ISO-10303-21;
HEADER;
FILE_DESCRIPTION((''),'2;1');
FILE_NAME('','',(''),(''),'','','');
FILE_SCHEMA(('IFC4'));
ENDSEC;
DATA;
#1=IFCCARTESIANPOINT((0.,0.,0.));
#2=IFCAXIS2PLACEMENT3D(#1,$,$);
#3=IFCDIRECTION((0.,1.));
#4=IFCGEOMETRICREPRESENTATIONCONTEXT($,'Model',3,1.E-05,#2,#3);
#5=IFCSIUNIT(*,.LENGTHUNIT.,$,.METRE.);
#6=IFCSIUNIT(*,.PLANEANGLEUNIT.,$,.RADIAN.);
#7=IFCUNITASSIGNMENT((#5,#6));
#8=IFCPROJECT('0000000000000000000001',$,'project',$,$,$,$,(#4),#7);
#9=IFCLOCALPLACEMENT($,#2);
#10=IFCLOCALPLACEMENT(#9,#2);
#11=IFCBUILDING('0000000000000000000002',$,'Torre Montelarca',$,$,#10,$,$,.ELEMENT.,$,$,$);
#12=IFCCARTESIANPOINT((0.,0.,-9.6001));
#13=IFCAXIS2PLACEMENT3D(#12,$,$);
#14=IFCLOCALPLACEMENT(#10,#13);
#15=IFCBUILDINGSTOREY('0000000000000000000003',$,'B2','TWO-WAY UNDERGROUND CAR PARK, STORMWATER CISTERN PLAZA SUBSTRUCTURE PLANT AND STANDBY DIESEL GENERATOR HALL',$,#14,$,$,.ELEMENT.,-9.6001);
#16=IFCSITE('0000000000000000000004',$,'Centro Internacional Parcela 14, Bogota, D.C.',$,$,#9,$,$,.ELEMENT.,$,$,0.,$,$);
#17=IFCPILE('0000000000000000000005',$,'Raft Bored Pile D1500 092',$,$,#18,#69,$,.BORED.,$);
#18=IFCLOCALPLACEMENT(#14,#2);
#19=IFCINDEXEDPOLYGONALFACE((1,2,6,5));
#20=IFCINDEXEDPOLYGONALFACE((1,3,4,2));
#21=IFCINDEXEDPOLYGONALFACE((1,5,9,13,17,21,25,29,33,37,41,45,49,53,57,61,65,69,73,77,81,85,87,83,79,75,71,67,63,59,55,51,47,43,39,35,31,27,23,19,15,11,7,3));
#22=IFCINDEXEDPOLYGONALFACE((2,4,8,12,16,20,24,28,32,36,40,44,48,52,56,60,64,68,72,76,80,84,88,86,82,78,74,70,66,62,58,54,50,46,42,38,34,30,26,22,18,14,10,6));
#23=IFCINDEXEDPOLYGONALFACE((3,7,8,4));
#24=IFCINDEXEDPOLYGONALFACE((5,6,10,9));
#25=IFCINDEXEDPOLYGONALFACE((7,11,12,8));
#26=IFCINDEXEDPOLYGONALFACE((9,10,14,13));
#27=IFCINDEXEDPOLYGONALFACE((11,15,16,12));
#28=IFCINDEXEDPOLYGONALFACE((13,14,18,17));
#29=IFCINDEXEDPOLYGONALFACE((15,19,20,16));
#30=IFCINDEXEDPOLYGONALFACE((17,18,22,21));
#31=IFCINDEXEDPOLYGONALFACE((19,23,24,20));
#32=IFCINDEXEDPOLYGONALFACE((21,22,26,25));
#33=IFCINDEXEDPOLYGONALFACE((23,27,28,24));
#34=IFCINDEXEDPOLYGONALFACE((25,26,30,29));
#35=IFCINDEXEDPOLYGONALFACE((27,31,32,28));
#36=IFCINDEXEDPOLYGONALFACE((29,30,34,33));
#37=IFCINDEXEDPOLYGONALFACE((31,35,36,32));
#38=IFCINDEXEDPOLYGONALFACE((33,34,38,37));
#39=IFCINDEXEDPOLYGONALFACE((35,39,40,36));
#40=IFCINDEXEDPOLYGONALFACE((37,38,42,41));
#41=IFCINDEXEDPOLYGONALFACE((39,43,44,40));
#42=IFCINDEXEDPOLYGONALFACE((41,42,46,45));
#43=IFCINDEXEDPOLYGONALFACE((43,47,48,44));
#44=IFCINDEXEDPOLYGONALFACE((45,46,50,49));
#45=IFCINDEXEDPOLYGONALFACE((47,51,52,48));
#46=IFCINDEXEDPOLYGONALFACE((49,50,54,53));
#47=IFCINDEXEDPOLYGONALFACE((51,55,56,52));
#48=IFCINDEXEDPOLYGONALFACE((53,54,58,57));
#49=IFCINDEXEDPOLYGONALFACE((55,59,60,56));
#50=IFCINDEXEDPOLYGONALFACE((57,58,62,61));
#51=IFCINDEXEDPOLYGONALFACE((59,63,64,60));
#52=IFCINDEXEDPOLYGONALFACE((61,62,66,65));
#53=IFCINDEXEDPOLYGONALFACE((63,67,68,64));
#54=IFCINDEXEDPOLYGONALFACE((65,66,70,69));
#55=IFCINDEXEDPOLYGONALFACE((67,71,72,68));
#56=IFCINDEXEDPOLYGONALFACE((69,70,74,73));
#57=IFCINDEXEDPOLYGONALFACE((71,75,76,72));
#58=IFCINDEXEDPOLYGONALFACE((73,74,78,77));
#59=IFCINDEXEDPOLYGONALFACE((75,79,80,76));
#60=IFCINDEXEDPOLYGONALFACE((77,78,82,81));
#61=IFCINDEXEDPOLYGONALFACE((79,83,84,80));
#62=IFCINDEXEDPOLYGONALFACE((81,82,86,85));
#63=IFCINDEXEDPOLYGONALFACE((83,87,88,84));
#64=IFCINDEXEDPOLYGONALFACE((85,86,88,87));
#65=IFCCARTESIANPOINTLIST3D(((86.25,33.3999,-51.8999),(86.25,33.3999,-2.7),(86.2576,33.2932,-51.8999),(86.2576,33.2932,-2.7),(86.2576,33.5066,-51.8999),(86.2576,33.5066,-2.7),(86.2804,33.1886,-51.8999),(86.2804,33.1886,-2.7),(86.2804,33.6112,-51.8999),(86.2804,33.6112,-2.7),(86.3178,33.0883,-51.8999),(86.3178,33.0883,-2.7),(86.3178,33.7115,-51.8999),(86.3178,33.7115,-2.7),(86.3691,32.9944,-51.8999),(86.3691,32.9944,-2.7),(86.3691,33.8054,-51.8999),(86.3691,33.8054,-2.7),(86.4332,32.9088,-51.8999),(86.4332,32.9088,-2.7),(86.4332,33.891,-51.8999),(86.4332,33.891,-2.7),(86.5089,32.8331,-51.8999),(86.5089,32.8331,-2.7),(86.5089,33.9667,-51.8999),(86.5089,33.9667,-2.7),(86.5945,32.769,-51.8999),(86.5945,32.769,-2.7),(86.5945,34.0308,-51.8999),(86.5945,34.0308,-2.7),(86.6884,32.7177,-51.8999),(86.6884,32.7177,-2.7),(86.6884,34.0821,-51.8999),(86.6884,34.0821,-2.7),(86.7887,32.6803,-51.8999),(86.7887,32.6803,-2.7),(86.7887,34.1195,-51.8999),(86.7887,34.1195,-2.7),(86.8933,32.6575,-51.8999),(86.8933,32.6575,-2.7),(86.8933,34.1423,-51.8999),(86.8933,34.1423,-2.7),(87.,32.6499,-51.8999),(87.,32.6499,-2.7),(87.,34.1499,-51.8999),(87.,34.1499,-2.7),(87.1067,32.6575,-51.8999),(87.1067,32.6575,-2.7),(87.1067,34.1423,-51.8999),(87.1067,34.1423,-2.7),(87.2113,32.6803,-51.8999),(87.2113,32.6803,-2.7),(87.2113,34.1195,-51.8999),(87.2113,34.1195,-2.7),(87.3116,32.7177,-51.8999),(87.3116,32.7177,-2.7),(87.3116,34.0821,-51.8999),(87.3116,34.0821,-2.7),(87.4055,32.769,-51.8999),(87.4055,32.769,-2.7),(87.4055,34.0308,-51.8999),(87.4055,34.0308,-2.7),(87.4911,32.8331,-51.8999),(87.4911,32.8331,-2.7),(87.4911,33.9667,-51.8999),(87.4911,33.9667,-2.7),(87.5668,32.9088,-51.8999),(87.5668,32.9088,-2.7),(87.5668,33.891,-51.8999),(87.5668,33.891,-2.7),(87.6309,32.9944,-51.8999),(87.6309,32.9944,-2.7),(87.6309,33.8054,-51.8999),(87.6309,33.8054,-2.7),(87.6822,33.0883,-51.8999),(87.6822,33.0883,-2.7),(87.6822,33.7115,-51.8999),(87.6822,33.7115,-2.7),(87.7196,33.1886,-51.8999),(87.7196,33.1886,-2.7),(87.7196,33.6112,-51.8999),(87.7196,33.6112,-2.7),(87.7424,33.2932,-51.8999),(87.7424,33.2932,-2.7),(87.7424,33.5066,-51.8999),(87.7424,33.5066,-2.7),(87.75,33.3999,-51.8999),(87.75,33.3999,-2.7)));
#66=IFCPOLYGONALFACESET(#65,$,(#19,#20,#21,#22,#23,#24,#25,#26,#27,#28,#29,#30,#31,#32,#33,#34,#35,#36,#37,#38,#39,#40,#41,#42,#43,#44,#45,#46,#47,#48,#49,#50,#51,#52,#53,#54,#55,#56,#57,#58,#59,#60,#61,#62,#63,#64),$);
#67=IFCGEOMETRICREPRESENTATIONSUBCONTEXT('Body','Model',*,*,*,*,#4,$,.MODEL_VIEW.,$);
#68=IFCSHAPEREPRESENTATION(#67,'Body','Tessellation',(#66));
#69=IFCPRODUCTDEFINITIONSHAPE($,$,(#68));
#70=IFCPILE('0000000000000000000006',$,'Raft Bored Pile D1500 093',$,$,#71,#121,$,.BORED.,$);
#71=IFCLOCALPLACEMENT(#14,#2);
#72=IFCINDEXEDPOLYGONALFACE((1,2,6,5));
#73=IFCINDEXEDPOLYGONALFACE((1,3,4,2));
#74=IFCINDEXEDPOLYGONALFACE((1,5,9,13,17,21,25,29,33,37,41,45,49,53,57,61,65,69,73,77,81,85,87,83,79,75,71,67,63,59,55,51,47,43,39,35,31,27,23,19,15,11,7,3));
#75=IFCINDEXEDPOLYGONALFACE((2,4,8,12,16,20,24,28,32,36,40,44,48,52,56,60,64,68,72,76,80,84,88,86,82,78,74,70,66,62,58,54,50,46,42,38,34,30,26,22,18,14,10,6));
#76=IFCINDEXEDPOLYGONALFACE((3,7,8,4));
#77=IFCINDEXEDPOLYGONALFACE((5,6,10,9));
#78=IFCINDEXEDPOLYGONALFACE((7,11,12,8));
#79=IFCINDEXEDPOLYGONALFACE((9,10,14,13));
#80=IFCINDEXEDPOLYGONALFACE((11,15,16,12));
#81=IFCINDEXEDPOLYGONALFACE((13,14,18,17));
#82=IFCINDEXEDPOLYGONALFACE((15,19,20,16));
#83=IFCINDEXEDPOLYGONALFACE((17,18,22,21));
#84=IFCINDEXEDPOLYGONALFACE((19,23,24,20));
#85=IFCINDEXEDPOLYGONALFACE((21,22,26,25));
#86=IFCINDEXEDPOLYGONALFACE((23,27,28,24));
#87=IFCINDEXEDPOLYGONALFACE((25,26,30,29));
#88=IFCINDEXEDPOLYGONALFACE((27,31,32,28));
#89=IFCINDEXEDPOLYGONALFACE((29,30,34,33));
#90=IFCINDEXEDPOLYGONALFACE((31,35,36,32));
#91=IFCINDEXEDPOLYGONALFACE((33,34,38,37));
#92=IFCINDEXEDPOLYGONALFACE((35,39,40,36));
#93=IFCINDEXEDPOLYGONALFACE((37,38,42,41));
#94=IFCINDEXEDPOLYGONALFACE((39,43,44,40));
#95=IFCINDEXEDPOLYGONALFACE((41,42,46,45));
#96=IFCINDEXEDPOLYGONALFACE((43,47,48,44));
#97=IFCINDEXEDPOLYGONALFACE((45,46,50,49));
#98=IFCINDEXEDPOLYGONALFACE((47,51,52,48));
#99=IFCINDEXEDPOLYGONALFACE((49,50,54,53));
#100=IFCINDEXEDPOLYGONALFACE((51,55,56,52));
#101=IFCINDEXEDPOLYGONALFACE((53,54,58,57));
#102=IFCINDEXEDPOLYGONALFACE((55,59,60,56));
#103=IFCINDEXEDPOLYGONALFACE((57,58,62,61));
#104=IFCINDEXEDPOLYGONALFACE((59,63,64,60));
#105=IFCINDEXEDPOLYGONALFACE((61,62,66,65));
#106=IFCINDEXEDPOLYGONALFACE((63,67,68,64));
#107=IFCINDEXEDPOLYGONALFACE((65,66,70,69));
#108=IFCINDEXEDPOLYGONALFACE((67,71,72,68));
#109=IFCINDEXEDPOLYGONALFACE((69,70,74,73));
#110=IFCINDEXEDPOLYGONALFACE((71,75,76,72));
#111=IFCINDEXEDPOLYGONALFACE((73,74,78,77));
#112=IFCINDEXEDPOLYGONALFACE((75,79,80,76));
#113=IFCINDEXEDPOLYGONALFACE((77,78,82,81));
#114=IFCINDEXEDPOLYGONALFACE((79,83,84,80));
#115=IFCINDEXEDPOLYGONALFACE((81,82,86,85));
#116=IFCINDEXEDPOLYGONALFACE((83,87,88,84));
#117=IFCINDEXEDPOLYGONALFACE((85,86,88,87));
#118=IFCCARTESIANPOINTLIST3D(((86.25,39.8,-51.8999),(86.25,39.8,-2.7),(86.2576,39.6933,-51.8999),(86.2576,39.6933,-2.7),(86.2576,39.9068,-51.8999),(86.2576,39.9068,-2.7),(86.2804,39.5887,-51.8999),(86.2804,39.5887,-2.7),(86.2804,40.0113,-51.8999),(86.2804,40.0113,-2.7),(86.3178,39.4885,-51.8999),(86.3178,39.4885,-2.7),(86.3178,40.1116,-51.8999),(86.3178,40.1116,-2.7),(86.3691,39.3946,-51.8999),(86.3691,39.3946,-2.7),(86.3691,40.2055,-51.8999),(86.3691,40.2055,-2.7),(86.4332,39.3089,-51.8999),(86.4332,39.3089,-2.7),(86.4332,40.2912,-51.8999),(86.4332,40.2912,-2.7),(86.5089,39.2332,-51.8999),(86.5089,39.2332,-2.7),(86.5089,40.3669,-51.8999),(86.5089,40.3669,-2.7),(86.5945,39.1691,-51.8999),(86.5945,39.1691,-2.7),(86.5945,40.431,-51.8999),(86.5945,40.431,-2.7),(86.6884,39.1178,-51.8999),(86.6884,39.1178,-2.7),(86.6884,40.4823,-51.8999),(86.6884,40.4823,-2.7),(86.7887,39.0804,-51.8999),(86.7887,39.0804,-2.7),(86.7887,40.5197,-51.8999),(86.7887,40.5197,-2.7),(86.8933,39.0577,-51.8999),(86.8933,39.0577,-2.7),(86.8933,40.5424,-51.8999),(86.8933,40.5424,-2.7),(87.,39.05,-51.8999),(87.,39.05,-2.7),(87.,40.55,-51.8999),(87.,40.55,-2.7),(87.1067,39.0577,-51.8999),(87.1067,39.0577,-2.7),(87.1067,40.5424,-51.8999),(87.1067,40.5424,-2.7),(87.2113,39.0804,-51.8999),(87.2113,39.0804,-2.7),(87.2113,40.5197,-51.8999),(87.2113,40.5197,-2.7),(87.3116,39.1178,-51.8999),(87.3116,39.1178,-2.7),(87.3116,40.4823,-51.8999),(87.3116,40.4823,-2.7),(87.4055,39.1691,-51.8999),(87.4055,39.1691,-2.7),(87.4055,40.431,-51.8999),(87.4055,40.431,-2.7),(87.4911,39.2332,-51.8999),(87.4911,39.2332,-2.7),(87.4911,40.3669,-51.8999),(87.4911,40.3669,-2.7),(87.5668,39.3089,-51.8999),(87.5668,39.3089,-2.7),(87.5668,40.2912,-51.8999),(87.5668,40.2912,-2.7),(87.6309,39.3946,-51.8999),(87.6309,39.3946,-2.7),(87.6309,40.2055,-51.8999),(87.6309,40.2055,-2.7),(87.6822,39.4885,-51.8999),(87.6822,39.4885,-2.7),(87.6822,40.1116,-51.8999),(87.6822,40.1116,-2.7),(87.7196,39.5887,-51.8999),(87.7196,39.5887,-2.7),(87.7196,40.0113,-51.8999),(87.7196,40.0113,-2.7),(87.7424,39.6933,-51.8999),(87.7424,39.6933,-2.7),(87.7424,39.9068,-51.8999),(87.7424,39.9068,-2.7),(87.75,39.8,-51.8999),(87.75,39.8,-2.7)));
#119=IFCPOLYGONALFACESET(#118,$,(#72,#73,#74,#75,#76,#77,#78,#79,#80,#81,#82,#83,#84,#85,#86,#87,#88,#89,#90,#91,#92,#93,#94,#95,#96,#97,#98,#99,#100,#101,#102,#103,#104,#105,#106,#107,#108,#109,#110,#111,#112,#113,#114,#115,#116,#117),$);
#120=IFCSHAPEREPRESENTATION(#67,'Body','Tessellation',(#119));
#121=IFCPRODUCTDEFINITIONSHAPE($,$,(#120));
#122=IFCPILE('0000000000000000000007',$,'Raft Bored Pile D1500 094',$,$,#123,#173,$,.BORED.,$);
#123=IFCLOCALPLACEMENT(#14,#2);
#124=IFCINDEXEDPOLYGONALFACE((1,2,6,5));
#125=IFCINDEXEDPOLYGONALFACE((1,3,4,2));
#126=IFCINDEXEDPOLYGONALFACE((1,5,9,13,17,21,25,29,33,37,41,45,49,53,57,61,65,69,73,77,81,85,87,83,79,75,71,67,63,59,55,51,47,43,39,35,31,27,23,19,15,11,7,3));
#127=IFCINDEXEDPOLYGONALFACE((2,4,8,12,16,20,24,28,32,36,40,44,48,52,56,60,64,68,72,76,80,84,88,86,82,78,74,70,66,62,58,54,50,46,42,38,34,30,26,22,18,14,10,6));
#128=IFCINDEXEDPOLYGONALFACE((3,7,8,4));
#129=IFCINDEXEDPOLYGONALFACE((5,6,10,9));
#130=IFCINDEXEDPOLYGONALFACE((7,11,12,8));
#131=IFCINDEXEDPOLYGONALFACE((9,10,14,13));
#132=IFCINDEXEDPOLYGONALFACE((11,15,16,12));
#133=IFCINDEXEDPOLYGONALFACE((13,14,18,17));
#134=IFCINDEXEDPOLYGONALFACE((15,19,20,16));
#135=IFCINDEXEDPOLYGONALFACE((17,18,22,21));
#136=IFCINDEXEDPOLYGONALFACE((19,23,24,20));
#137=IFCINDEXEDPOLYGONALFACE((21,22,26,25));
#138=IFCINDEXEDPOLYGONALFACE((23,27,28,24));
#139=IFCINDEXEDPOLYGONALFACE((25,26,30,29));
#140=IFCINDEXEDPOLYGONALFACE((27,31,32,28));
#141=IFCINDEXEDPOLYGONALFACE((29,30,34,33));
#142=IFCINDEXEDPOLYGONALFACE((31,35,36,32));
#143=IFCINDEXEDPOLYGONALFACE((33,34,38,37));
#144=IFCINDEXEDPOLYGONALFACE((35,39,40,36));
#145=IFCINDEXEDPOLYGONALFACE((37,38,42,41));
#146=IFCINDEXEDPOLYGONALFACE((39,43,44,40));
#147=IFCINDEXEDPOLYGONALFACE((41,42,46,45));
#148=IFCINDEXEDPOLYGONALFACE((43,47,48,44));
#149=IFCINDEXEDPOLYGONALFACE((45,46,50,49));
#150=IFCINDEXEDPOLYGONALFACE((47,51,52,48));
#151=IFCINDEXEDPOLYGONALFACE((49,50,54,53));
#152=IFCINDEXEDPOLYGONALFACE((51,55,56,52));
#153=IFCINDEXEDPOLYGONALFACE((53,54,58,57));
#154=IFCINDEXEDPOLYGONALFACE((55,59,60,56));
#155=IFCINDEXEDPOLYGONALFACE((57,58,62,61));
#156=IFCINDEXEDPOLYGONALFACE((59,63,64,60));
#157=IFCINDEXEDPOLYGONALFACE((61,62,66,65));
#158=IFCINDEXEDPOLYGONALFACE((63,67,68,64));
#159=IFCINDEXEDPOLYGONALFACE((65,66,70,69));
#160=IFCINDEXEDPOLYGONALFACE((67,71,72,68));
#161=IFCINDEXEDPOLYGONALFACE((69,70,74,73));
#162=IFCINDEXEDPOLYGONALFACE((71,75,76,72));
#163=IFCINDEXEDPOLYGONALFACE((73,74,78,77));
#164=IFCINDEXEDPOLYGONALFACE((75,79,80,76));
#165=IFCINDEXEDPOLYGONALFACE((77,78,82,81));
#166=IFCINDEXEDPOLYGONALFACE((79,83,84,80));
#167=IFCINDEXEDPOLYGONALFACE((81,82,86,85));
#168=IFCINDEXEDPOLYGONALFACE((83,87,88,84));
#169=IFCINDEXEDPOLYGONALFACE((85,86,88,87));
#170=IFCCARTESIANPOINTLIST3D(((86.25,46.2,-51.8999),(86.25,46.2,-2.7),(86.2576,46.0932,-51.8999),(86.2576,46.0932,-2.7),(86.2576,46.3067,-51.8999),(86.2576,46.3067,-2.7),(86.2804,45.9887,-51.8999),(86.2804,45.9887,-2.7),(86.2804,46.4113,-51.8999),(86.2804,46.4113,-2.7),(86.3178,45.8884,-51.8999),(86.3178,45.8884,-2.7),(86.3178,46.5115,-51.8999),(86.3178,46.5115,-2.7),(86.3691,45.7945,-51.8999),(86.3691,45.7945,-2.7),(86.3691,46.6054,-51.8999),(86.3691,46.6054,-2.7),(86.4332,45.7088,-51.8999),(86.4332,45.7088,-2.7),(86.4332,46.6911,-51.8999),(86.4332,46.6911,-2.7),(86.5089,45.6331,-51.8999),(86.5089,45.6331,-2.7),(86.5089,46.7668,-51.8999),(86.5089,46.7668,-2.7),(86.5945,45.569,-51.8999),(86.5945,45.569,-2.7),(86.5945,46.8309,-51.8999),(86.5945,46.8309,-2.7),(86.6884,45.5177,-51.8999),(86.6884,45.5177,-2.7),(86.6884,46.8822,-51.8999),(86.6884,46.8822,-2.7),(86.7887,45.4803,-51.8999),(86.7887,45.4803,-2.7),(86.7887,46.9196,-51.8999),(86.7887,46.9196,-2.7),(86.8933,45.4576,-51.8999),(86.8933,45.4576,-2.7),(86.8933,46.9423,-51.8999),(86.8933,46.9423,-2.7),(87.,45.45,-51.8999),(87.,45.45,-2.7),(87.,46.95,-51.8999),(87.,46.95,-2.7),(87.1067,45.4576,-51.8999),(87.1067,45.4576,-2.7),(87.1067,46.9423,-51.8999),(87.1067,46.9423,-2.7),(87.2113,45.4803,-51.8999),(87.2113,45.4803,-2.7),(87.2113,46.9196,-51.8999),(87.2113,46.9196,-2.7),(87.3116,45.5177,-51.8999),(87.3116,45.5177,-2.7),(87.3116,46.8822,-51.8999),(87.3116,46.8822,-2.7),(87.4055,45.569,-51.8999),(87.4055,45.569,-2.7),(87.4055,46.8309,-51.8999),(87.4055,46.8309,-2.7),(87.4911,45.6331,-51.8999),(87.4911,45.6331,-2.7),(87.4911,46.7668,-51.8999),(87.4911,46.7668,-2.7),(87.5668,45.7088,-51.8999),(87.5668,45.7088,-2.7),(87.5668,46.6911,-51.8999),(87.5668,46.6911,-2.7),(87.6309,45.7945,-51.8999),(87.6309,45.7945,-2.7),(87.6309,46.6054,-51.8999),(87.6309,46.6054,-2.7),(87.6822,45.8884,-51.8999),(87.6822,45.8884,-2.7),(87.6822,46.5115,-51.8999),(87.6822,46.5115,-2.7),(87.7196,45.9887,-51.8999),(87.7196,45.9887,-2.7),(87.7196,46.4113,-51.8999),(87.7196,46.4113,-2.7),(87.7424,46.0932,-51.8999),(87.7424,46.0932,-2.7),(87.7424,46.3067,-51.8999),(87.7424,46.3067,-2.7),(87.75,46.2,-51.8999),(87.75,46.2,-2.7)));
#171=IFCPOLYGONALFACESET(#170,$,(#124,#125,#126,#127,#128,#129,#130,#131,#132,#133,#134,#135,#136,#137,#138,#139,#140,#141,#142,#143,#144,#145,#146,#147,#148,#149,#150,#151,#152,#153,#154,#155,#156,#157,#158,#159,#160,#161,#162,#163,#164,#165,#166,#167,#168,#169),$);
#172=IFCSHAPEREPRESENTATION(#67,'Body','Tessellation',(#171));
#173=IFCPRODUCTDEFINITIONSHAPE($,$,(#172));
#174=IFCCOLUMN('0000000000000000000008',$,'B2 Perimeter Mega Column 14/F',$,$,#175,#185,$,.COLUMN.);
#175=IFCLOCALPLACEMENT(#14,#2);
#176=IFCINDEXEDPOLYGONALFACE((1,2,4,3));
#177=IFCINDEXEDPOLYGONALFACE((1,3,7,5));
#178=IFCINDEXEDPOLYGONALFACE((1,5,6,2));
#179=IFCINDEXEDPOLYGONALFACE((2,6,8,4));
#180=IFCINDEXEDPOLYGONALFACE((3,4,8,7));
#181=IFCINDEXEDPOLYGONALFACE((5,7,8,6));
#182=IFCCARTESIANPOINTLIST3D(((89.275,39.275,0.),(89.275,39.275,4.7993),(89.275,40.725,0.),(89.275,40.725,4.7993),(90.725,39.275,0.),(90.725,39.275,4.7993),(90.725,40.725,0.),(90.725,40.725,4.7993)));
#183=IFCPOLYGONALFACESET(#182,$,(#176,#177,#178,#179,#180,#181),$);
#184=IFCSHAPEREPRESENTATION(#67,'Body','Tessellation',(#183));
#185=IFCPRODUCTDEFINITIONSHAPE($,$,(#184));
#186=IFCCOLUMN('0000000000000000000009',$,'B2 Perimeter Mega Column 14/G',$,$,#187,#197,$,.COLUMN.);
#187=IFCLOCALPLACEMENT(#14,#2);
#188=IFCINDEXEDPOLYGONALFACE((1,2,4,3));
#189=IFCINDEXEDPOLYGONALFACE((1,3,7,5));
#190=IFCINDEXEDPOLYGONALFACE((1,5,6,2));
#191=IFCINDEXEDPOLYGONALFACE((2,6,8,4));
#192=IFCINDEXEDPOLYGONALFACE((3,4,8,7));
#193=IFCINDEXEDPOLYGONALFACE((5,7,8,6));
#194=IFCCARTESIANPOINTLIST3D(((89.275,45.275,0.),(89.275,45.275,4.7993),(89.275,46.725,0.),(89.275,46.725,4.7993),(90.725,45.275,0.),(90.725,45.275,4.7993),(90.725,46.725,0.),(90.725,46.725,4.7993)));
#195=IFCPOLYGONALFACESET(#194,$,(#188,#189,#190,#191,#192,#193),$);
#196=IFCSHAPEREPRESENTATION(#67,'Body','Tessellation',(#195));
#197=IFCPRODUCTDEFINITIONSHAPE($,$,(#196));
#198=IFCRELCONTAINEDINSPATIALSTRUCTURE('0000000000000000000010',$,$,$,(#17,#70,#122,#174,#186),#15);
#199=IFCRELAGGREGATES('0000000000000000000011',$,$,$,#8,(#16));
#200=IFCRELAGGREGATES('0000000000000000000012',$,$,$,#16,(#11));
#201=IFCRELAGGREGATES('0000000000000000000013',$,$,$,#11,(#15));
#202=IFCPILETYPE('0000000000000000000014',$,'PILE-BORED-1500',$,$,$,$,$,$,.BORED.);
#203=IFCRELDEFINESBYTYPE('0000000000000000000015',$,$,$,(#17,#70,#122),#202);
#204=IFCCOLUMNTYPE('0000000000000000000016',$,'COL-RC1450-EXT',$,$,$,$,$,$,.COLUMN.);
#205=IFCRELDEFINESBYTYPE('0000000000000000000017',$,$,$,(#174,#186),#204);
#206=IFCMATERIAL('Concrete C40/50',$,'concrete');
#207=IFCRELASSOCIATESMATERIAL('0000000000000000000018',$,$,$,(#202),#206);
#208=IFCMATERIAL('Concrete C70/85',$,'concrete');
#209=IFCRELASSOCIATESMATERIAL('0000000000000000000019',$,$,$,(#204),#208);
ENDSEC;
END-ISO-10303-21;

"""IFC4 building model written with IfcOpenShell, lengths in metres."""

from ifc_helpers import new_model, si_unit, direction, frame, origin, origin_2d, place, context, subcontext, project, spatial, rectangle, circle, extrude, source, transform, mapped, material, material_profile, profile_set, type_object, element, save


model = new_model("IFC4")

# Units and contexts
model_context = context("Model", 3, precision=1e-05, world=origin(), true_north=direction((0.0, 1.0)))
body_context = subcontext(model_context, "Body", "Model", "MODEL_VIEW")
ifc_project = project(units=[si_unit("LENGTHUNIT", "METRE"), si_unit("PLANEANGLEUNIT", "RADIAN")], contexts=[model_context])

# Site, building, storey
site_placement = place(None, origin())
site = spatial("IfcSite", under=ifc_project, at=site_placement, Name="Centro Internacional Parcela 14, Bogota, D.C.", CompositionType="ELEMENT", RefElevation=0.0)
building_placement = place(site_placement, origin())
building = spatial("IfcBuilding", under=site, at=building_placement, Name="Torre Montelarca", CompositionType="ELEMENT")
storey_placement = place(building_placement, frame((0.0, 0.0, -9.6001)))
storey = spatial("IfcBuildingStorey", under=building, at=storey_placement, Name="B2", Description="TWO-WAY UNDERGROUND CAR PARK, STORMWATER CISTERN PLAZA SUBSTRUCTURE PLANT AND STANDBY DIESEL GENERATOR HALL", CompositionType="ELEMENT", Elevation=-9.6001)

# Piles
ifc_material_1 = material(Name="Concrete C40/50", Category="concrete")
ifc_material_profile_1 = material_profile(ifc_material_1, circle(Radius=0.75, at=origin_2d()), Name="PILE-D1500", Category="concrete")
ifc_profile_set_1 = profile_set([ifc_material_profile_1], Name="Concrete C40/50")
pile_type = type_object("IfcPileType", Name="PILE-BORED-1500", PredefinedType="BORED", material=ifc_profile_set_1)
shared_shape_1 = source(origin(), body_context, "Body", "SweptSolid", [
    extrude(circle(Radius=0.75, at=origin_2d()), origin(), (0.0, 0.0, 1.0), 49.2),
])
for number, where, z_axis, x_axis, name in (
    (1, (87.0, 33.3999, -2.7), (0.0, 0.0, -1.0), (1.0, 0.0, 0.0), "Raft Bored Pile D1500 092"),
    (2, (87.0, 39.8, -2.7), (0.0, 0.0, -1.0), (1.0, 0.0, 0.0), "Raft Bored Pile D1500 093"),
    (3, (87.0, 46.2, -2.7), (0.0, 0.0, -1.0), (1.0, 0.0, 0.0), "Raft Bored Pile D1500 094"),
):
    element("IfcPile", number, at=place(storey_placement, frame(where, z_axis=z_axis, x_axis=x_axis)), inside=storey, type_object=pile_type, Name=name, PredefinedType="BORED", context=body_context, shape_type="MappedRepresentation", body=[
        mapped(shared_shape_1, transform((0.0, 0.0, 0.0), scale=1.0)),
    ])

# Columns
ifc_material_2 = material(Name="Concrete C70/85", Category="concrete")
ifc_material_profile_2 = material_profile(ifc_material_2, rectangle(XDim=1.45, YDim=1.45, at=origin_2d()), Name="RC1450X1450", Category="concrete")
ifc_profile_set_2 = profile_set([ifc_material_profile_2], Name="Concrete C70/85")
column_type_1 = type_object("IfcColumnType", Name="COL-RC1450-EXT", PredefinedType="COLUMN", material=ifc_profile_set_2)
shared_shape_2 = source(origin(), body_context, "Body", "SweptSolid", [
    extrude(rectangle(XDim=1.45, YDim=1.45, at=origin_2d()), origin(), (0.0, 0.0, 1.0), 4.7993),
])
for number, where, z_axis, x_axis, name in (
    (4, (90.0, 40.0, 0.0), (0.0, 0.0, 1.0), (1.0, 0.0, 0.0), "B2 Perimeter Mega Column 14/F"),
    (5, (90.0, 46.0, 0.0), (0.0, 0.0, 1.0), (1.0, 0.0, 0.0), "B2 Perimeter Mega Column 14/G"),
):
    element("IfcColumn", number, at=place(storey_placement, frame(where, z_axis=z_axis, x_axis=x_axis)), inside=storey, type_object=column_type_1, Name=name, PredefinedType="COLUMN", context=body_context, shape_type="MappedRepresentation", body=[
        mapped(shared_shape_2, transform((0.0, 0.0, 0.0), scale=1.0)),
    ])

save(model, "model.ifc")
